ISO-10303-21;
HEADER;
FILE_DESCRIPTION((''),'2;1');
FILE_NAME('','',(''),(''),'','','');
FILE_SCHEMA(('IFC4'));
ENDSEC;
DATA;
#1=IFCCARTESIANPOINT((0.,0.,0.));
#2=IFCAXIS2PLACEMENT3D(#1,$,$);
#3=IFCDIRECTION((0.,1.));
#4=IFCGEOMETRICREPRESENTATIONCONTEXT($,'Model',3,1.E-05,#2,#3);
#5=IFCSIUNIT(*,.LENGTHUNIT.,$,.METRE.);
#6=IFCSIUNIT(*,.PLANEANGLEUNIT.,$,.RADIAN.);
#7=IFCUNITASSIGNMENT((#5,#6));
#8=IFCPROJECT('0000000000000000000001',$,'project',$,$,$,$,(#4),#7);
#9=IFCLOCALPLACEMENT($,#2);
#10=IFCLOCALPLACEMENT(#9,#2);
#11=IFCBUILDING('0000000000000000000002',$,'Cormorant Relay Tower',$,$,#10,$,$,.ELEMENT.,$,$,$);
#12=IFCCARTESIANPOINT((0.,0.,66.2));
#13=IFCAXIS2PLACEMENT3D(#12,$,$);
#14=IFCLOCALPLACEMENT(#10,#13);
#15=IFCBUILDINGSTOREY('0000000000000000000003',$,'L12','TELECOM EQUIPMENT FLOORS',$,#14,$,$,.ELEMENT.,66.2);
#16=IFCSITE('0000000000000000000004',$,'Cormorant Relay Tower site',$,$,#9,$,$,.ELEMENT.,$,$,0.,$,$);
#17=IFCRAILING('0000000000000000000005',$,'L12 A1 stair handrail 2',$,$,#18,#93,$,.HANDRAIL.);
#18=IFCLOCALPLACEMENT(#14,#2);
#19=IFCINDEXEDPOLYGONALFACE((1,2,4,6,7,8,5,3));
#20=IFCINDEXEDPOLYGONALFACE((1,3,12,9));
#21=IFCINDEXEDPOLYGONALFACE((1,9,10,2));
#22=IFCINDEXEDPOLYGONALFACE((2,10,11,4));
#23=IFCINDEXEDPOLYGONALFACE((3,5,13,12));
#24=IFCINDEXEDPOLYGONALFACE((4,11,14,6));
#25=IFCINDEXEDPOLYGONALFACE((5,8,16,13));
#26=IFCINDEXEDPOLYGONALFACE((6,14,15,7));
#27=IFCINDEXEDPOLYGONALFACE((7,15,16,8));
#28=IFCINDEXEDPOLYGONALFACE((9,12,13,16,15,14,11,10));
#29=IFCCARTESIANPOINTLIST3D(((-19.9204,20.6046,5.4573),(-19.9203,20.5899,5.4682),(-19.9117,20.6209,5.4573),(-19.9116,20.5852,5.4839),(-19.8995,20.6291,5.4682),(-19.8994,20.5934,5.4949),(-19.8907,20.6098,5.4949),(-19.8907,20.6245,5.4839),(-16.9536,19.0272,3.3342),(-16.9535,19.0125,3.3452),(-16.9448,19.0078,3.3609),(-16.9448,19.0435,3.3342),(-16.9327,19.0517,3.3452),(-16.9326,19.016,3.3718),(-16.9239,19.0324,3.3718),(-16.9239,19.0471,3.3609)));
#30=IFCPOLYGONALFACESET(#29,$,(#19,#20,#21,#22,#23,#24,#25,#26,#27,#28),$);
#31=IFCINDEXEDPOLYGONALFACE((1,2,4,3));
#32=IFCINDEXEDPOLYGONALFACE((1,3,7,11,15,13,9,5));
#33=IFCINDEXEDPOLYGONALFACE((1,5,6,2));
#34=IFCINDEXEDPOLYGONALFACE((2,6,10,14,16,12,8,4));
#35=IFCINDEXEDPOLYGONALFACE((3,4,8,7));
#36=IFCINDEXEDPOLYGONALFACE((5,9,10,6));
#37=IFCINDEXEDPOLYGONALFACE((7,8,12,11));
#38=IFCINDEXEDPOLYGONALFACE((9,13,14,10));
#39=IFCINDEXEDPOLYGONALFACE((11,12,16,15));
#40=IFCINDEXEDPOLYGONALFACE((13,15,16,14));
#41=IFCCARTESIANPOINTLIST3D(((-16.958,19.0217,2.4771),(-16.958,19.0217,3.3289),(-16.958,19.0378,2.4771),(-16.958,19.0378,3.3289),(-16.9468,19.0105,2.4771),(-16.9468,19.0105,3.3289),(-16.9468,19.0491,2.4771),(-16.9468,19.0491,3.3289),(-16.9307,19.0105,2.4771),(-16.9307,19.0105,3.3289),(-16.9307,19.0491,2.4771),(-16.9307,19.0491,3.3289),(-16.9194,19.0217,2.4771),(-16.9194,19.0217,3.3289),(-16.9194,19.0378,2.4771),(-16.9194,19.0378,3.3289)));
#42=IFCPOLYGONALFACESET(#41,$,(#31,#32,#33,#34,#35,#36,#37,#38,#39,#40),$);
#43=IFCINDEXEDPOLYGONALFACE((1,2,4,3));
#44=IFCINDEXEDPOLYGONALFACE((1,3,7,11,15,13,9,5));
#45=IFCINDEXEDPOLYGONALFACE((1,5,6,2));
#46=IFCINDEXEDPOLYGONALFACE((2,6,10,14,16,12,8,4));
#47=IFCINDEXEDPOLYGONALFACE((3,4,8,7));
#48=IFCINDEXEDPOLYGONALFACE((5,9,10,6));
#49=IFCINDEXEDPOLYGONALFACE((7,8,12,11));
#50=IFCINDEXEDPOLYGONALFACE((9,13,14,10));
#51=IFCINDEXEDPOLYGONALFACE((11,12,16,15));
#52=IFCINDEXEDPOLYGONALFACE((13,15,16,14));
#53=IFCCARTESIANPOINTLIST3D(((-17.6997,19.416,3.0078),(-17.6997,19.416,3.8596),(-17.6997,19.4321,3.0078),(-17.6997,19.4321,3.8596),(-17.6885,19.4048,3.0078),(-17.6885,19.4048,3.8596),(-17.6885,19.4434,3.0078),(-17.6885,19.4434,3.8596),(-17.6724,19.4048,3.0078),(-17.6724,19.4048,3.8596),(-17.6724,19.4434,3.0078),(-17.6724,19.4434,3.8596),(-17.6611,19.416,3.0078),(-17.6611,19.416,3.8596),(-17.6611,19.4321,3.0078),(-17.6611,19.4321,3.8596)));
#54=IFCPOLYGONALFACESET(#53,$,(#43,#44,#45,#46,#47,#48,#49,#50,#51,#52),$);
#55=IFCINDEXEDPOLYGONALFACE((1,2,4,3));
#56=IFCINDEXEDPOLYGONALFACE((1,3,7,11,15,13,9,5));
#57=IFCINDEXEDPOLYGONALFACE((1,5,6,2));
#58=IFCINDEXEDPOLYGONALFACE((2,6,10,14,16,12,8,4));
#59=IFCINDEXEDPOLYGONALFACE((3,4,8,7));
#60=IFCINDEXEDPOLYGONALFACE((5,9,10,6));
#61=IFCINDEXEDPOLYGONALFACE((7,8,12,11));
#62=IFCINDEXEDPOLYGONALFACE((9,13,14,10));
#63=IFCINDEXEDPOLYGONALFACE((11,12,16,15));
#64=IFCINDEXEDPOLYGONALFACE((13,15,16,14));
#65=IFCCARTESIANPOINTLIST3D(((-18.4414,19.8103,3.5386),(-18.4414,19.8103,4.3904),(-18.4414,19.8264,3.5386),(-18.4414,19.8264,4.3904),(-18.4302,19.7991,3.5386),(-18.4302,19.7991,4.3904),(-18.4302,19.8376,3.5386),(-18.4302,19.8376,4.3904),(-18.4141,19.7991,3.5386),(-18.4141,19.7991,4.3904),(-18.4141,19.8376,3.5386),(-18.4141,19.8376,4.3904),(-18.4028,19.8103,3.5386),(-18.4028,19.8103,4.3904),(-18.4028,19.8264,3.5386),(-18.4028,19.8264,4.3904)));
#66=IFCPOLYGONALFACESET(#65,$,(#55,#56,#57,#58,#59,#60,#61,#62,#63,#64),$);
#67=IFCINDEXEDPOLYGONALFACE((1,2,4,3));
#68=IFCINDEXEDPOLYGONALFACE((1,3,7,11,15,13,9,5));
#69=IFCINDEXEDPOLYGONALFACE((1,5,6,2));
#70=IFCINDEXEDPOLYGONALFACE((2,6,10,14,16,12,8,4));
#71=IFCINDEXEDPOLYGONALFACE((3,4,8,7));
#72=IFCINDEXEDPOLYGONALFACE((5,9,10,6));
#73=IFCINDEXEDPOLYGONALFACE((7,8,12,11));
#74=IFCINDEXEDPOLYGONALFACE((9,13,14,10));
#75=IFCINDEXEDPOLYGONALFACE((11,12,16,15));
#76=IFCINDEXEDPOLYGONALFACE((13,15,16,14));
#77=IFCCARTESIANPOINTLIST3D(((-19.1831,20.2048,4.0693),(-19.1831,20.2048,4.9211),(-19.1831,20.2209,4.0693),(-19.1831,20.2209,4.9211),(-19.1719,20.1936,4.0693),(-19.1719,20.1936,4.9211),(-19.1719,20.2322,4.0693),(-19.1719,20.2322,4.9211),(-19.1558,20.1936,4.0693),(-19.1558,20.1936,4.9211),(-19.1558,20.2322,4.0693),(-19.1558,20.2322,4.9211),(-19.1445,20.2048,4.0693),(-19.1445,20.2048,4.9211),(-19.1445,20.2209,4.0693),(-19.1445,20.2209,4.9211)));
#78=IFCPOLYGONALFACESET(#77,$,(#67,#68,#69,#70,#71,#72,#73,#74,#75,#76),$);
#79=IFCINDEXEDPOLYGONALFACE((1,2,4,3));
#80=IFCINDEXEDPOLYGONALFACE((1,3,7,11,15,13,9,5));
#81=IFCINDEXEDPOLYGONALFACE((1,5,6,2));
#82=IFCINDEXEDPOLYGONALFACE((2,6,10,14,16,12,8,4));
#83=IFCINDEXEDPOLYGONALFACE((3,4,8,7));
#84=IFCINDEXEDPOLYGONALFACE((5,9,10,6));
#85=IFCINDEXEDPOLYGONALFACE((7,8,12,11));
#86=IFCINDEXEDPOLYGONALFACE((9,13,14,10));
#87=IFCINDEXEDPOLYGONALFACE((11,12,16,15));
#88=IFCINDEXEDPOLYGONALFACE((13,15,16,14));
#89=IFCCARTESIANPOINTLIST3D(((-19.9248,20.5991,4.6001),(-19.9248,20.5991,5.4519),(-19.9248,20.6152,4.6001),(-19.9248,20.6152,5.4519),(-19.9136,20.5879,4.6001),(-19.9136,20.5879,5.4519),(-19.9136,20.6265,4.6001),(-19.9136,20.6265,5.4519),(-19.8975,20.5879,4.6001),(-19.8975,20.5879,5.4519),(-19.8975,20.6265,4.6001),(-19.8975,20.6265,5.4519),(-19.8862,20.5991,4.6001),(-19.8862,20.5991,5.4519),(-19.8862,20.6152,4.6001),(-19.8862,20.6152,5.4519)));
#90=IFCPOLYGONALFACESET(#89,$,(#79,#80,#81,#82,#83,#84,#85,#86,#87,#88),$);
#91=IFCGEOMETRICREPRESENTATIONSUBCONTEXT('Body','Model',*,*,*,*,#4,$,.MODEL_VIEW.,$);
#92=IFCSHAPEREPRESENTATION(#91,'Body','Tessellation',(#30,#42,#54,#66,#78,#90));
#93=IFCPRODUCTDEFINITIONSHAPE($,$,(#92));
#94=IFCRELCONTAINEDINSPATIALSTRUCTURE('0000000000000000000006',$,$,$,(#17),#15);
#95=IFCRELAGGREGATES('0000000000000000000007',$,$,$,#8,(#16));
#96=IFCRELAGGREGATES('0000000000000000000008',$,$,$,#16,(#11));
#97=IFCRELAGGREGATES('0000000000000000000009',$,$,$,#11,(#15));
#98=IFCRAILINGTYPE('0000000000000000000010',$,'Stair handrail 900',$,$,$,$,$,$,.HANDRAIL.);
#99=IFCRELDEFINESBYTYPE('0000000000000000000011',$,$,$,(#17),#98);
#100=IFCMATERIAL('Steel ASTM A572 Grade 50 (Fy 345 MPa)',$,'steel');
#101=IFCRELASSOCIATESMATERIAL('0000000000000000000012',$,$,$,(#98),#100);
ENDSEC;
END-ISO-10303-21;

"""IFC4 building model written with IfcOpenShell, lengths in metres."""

from ifc_helpers import new_model, si_unit, direction, frame, origin, place, context, subcontext, project, spatial, polyline, outline, extrude, material, type_object, element, save


model = new_model("IFC4")

# Units and contexts
model_context = context("Model", 3, precision=1e-05, world=origin(), true_north=direction((0.0, 1.0)))
body_context = subcontext(model_context, "Body", "Model", "MODEL_VIEW")
ifc_project = project(units=[si_unit("LENGTHUNIT", "METRE"), si_unit("PLANEANGLEUNIT", "RADIAN")], contexts=[model_context])

# Site, building, storey
site_placement = place(None, origin())
site = spatial("IfcSite", under=ifc_project, at=site_placement, Name="Cormorant Relay Tower site", CompositionType="ELEMENT", RefElevation=0.0)
building_placement = place(site_placement, origin())
building = spatial("IfcBuilding", under=site, at=building_placement, Name="Cormorant Relay Tower", CompositionType="ELEMENT")
storey_placement = place(building_placement, frame((0.0, 0.0, 66.2)))
storey = spatial("IfcBuildingStorey", under=building, at=storey_placement, Name="L12", Description="TELECOM EQUIPMENT FLOORS", CompositionType="ELEMENT", Elevation=66.2)

# Railing
ifc_material_1 = material(Name="Steel ASTM A572 Grade 50 (Fy 345 MPa)", Category="steel")
railing_type_1 = type_object("IfcRailingType", Name="Stair handrail 900", PredefinedType="HANDRAIL", material=ifc_material_1)
railing_1_placement = place(storey_placement, frame((-16.9387, 19.0298, 2.4771)))
element("IfcRailing", 1, at=railing_1_placement, inside=storey, type_object=railing_type_1, Name="L12 A1 stair handrail 2", PredefinedType="HANDRAIL", context=body_context, shape_type="SweptSolid", body=[
    extrude(outline(polyline([(0.0222, 0.0093), (0.0093, 0.0222), (-0.0093, 0.0222), (-0.0222, 0.0093), (-0.0222, -0.0093), (-0.0093, -0.0222), (0.0093, -0.0222), (0.0222, -0.0093), (0.0222, 0.0093)])), frame((0.0, 0.0, 0.876), z_axis=(-0.746441, 0.396869, 0.534155), x_axis=(-0.469453, -0.882958, 0.0)), (0.0, 0.0, 1.0), 3.9746),
    extrude(outline(polyline([(0.0193, 0.0081), (0.0081, 0.0193), (-0.0081, 0.0193), (-0.0193, 0.0081), (-0.0193, -0.0081), (-0.0081, -0.0193), (0.0081, -0.0193), (0.0193, -0.0081), (0.0193, 0.0081)])), origin(), (0.0, 0.0, 1.0), 0.8518),
    extrude(outline(polyline([(0.0193, 0.0081), (0.0081, 0.0193), (-0.0081, 0.0193), (-0.0193, 0.0081), (-0.0193, -0.0081), (-0.0081, -0.0193), (0.0081, -0.0193), (0.0193, -0.0081), (0.0193, 0.0081)])), frame((-0.7417, 0.3943, 0.5308)), (0.0, 0.0, 1.0), 0.8518),
    extrude(outline(polyline([(0.0193, 0.0081), (0.0081, 0.0193), (-0.0081, 0.0193), (-0.0193, 0.0081), (-0.0193, -0.0081), (-0.0081, -0.0193), (0.0081, -0.0193), (0.0193, -0.0081), (0.0193, 0.0081)])), frame((-1.4834, 0.7886, 1.0615)), (0.0, 0.0, 1.0), 0.8518),
    extrude(outline(polyline([(0.0193, 0.0081), (0.0081, 0.0193), (-0.0081, 0.0193), (-0.0193, 0.0081), (-0.0193, -0.0081), (-0.0081, -0.0193), (0.0081, -0.0193), (0.0193, -0.0081), (0.0193, 0.0081)])), frame((-2.2251, 1.1831, 1.5923)), (0.0, 0.0, 1.0), 0.8518),
    extrude(outline(polyline([(0.0193, 0.0081), (0.0081, 0.0193), (-0.0081, 0.0193), (-0.0193, 0.0081), (-0.0193, -0.0081), (-0.0081, -0.0193), (0.0081, -0.0193), (0.0193, -0.0081), (0.0193, 0.0081)])), frame((-2.9668, 1.5774, 2.123)), (0.0, 0.0, 1.0), 0.8518),
])

save(model, "model.ifc")
